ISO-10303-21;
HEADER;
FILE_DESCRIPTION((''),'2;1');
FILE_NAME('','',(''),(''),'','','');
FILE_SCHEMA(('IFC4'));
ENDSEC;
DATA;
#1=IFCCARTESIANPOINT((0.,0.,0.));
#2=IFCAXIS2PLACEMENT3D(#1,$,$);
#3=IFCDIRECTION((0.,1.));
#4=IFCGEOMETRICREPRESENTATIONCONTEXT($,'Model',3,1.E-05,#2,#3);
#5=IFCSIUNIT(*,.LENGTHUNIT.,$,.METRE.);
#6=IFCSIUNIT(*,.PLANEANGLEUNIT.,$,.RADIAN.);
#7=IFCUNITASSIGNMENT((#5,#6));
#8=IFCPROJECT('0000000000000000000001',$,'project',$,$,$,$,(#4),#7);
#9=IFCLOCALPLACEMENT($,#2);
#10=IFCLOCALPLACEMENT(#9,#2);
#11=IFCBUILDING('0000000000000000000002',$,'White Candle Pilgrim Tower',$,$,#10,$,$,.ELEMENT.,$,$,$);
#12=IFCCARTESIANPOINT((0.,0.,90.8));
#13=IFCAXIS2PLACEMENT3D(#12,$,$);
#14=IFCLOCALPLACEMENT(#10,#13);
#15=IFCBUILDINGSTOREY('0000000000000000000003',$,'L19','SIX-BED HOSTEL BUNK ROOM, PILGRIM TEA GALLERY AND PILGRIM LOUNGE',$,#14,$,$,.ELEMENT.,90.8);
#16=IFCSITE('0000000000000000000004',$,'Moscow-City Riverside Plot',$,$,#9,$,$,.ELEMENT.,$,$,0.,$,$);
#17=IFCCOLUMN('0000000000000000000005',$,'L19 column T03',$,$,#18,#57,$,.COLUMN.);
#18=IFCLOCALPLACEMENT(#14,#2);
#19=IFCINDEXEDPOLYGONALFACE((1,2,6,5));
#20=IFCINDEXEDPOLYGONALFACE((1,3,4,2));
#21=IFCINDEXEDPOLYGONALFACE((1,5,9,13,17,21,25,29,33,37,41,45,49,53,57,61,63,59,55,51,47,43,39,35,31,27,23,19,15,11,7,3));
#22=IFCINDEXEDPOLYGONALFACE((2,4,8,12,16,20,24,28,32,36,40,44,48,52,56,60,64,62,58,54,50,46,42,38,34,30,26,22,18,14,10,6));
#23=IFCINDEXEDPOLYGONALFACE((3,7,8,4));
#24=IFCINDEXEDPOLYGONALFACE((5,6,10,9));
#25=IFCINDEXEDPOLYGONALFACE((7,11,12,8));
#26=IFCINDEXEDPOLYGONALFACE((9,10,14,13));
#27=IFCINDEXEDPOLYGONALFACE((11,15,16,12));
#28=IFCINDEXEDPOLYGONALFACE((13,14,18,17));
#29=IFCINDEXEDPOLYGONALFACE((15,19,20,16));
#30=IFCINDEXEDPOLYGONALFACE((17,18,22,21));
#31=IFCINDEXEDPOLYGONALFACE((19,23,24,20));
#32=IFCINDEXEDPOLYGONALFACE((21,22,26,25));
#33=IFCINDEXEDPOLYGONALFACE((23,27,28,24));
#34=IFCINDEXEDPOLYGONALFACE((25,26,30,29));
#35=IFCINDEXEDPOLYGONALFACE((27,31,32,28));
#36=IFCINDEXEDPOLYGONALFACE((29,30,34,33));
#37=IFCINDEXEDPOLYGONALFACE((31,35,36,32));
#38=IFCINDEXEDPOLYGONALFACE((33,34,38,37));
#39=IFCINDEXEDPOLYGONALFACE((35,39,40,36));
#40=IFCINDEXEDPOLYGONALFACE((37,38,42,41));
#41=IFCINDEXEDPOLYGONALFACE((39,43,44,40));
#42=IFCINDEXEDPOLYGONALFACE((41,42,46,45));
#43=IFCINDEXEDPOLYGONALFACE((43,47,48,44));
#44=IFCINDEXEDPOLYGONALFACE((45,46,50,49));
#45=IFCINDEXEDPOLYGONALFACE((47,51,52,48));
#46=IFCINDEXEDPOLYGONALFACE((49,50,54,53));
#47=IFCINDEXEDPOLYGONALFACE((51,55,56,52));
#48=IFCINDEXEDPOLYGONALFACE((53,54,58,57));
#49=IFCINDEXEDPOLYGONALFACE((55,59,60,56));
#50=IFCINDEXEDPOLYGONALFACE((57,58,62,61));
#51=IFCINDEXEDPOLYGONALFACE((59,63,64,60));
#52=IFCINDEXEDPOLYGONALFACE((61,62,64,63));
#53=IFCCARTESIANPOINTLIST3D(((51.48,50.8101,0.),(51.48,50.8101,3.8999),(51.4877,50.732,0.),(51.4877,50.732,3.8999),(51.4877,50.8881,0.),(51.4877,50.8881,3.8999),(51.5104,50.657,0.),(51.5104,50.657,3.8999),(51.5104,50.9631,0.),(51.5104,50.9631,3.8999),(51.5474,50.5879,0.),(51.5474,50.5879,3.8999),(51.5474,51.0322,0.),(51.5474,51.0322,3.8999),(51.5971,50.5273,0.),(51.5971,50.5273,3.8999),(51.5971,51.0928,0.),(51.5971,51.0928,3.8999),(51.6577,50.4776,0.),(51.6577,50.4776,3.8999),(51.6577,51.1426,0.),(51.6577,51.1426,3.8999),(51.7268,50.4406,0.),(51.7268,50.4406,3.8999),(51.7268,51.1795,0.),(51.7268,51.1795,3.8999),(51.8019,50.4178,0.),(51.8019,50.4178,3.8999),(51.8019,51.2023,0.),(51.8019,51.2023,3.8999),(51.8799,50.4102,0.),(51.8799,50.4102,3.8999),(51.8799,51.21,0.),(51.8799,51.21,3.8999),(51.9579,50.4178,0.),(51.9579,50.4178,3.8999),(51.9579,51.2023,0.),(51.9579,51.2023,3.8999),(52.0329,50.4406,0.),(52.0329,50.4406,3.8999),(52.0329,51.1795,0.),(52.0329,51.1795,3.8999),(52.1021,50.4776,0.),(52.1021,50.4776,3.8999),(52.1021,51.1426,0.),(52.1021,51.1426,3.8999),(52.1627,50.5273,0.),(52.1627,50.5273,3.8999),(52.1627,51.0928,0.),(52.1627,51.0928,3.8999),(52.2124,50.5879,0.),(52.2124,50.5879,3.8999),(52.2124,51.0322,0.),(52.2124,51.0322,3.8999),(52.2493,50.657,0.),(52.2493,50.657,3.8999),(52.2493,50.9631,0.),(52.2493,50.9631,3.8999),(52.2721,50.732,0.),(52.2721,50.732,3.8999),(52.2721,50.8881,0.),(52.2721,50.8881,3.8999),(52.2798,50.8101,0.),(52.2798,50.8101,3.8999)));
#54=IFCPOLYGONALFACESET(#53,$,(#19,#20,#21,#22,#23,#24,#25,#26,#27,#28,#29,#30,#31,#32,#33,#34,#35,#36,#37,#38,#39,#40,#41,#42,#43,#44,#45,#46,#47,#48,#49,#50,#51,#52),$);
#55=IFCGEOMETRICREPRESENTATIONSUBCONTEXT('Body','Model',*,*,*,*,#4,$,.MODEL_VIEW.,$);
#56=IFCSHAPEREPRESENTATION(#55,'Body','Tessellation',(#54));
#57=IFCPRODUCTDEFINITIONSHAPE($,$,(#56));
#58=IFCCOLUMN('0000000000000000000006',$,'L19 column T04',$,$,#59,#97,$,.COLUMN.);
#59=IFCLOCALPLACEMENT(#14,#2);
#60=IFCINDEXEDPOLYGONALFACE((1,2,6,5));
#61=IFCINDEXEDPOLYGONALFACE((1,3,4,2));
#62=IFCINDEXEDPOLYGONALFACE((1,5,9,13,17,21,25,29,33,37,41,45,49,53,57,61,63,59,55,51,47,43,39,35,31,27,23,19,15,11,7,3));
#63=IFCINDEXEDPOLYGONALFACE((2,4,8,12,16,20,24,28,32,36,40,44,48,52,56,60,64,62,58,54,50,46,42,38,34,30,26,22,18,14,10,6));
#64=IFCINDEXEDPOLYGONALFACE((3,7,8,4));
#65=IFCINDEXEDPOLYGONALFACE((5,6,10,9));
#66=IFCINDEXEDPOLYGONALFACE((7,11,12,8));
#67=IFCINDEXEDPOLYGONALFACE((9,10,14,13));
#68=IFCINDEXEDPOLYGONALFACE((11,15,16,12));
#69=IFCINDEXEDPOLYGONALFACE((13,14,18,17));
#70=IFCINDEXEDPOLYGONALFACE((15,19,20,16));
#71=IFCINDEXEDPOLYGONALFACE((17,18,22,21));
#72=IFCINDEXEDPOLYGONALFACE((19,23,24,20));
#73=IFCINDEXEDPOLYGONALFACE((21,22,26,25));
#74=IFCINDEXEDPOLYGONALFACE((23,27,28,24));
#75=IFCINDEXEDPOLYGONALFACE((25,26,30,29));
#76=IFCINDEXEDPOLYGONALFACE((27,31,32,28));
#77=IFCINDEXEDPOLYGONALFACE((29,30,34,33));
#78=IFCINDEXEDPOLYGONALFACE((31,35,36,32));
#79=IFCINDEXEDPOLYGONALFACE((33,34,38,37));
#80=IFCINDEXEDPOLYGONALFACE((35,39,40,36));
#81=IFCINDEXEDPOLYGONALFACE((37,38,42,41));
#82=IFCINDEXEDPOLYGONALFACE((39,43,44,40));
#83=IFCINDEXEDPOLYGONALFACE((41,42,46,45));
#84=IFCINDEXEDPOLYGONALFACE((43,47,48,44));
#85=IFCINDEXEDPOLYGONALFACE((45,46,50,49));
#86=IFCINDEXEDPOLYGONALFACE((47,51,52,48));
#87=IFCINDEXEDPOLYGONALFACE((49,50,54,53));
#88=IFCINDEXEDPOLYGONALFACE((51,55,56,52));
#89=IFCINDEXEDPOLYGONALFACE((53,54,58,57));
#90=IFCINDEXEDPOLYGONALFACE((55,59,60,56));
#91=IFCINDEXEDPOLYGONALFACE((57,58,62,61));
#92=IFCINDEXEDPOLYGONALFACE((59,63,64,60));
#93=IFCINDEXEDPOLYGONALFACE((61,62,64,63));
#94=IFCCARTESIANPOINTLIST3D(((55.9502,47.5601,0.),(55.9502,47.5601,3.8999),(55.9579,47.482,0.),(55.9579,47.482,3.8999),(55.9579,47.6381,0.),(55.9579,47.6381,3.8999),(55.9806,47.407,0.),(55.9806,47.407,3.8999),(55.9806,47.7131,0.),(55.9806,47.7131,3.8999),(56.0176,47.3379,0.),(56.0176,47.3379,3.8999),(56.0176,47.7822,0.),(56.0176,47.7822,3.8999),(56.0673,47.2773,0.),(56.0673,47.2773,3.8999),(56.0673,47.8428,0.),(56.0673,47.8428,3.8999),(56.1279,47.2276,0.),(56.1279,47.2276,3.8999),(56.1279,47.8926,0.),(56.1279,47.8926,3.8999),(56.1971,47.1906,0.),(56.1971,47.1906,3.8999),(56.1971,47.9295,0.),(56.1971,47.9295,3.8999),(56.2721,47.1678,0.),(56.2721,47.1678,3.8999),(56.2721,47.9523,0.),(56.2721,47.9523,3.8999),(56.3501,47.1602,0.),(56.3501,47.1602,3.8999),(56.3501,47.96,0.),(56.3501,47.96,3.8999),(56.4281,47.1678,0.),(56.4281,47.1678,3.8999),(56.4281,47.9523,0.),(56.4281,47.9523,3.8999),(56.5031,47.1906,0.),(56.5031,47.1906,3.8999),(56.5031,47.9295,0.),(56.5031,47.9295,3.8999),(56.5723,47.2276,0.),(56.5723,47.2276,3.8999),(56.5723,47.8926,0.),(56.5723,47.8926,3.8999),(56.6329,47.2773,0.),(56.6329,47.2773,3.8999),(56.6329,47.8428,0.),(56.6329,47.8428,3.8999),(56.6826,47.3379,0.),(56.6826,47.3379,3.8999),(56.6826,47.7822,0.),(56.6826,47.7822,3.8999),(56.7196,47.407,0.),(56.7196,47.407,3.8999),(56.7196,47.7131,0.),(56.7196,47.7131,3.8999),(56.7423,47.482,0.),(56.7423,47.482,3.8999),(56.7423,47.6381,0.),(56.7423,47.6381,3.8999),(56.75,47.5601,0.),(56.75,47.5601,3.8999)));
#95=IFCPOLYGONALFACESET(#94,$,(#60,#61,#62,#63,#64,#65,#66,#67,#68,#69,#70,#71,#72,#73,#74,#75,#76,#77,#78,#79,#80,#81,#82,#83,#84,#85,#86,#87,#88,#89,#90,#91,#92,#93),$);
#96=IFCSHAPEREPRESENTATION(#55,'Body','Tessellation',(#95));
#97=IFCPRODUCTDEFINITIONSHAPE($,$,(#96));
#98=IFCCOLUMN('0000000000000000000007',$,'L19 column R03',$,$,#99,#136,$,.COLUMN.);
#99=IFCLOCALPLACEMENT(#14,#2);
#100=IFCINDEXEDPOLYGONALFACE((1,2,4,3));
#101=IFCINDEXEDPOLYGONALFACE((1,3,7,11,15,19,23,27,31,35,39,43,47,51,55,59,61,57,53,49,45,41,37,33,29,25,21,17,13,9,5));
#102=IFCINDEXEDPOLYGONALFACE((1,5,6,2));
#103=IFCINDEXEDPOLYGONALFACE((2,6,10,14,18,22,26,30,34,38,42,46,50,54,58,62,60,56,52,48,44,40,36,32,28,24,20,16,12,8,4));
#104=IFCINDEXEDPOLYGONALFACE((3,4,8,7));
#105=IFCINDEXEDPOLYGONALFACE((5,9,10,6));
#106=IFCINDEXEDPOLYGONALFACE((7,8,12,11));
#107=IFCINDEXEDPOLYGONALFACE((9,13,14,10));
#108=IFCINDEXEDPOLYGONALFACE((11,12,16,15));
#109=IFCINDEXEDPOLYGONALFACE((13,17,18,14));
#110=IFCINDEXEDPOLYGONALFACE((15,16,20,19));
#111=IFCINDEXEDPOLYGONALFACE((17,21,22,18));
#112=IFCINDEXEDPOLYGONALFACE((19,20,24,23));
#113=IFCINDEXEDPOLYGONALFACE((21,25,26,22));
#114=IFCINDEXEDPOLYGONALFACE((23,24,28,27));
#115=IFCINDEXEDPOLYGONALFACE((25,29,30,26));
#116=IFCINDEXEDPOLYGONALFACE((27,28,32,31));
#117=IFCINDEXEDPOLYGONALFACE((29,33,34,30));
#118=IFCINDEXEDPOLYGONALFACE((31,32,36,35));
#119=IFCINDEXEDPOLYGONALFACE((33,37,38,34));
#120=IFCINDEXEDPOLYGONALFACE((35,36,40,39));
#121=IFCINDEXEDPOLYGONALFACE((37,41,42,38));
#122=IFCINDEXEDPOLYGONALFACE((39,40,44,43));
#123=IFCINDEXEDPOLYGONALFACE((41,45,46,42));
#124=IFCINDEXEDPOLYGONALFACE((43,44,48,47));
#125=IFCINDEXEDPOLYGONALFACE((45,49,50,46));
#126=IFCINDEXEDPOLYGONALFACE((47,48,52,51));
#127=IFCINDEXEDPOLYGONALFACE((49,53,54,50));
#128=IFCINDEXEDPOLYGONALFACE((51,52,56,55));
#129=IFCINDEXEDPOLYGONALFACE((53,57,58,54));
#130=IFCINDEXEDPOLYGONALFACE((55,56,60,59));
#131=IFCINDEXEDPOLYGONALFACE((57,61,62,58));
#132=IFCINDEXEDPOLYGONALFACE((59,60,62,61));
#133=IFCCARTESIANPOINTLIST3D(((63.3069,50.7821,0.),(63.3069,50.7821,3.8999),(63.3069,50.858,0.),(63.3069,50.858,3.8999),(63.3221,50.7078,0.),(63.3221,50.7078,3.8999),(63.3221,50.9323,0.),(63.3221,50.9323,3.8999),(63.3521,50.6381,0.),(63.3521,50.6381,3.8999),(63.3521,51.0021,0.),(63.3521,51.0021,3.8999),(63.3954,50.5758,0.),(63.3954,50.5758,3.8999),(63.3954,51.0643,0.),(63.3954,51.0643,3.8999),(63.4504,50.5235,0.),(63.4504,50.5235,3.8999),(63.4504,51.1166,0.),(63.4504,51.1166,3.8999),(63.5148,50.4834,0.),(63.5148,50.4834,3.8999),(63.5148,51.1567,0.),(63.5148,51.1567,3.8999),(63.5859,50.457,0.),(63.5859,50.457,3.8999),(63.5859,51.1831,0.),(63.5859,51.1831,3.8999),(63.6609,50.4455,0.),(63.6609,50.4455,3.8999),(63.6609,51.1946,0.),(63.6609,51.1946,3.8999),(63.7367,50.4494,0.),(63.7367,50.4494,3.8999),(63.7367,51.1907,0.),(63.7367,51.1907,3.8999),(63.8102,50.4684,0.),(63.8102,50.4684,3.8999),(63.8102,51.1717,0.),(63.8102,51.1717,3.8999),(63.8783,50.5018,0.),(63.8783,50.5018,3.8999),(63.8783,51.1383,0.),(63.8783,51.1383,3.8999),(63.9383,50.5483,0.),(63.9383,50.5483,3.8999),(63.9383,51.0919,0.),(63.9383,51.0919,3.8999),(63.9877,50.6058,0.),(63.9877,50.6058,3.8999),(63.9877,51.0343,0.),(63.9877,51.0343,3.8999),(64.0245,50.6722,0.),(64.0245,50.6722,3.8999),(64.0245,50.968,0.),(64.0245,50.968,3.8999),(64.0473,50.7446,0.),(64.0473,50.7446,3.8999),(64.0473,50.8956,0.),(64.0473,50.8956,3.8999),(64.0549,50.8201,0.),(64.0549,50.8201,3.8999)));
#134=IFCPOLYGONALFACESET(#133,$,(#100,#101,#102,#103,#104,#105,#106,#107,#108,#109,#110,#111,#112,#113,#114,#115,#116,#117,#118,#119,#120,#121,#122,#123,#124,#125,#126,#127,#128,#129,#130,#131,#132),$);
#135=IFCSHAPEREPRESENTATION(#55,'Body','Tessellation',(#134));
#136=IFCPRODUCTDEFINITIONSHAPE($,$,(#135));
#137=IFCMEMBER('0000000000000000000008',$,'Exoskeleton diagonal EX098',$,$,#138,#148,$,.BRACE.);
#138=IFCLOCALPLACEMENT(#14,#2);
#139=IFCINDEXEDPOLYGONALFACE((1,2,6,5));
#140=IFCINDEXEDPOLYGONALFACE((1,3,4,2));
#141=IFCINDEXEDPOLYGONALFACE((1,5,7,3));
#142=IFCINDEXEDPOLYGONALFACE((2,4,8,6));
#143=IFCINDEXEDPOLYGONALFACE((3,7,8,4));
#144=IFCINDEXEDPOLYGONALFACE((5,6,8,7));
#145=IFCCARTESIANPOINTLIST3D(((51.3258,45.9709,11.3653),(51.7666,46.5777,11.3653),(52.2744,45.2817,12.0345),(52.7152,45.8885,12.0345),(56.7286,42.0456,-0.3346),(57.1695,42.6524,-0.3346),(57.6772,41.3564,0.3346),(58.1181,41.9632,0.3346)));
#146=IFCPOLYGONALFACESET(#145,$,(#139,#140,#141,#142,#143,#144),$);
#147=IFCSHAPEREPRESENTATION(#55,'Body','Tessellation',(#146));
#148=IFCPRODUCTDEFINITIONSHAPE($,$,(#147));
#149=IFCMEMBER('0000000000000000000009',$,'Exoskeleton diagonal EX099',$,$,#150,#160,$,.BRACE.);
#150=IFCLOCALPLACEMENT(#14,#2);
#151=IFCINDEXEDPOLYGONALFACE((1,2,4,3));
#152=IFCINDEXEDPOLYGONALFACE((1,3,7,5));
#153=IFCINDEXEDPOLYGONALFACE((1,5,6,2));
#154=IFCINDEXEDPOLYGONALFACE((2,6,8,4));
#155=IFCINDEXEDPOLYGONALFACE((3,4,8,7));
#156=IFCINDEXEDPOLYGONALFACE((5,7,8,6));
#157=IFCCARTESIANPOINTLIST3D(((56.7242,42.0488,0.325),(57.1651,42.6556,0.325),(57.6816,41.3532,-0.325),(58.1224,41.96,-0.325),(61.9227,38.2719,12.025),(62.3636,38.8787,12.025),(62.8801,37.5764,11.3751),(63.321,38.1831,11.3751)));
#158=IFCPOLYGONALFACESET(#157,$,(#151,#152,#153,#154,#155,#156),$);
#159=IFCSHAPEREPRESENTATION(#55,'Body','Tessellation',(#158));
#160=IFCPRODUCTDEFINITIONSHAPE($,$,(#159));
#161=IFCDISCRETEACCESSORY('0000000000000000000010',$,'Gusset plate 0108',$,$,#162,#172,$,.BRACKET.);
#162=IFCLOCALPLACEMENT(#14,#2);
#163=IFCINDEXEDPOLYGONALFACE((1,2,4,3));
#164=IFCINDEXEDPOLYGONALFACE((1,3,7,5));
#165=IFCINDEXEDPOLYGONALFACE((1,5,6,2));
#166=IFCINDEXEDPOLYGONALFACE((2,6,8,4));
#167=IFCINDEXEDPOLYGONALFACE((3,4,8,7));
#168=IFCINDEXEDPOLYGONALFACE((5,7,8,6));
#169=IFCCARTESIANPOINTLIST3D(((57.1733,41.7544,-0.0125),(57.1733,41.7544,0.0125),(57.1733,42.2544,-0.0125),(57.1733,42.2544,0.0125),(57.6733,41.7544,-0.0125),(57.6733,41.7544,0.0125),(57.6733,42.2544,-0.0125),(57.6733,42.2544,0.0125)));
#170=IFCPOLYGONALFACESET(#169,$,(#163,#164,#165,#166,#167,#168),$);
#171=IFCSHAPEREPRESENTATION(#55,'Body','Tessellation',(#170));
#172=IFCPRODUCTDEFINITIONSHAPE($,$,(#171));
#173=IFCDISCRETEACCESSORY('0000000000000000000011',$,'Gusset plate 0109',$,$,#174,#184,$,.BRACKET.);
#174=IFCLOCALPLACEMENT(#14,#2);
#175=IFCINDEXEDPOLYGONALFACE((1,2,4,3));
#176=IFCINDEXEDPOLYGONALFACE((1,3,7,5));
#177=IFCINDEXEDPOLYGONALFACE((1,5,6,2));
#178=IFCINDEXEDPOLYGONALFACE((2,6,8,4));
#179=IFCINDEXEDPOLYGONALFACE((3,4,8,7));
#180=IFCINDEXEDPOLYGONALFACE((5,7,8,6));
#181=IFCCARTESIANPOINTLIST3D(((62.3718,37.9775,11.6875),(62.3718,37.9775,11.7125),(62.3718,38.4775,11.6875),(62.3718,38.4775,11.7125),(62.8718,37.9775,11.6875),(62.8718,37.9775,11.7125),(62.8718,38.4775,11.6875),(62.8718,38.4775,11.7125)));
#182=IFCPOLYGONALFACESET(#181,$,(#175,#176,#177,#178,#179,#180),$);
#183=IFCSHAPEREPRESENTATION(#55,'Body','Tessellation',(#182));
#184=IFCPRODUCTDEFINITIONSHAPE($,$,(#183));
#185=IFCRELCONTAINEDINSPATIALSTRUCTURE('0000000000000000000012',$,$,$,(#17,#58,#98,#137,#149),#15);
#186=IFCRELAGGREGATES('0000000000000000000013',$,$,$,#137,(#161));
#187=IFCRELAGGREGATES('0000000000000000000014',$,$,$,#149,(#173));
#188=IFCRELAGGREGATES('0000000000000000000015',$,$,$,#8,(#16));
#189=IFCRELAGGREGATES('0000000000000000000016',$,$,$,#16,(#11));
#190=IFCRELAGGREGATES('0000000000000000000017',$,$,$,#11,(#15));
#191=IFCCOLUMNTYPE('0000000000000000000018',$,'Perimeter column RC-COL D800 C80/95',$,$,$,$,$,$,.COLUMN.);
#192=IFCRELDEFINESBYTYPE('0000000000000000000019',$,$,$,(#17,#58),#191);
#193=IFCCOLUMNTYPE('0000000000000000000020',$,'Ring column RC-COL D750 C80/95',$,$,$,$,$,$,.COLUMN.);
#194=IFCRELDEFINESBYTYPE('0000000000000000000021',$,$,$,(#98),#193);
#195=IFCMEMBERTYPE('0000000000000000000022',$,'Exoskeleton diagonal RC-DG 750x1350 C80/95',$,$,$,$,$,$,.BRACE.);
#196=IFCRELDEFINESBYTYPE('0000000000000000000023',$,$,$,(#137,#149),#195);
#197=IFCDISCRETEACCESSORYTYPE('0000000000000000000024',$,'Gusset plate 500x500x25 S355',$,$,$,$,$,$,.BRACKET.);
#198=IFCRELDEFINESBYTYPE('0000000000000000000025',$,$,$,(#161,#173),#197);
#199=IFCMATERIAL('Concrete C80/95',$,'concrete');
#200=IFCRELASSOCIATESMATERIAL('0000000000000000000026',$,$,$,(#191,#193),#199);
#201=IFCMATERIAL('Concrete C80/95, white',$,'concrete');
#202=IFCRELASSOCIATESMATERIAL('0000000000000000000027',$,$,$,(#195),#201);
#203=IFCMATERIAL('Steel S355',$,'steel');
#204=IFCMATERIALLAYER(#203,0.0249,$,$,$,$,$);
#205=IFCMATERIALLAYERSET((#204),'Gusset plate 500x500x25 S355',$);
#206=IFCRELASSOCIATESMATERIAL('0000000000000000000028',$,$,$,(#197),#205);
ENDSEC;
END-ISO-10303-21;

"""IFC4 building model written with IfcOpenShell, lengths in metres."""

from ifc_helpers import new_model, si_unit, direction, frame, origin, origin_2d, place, context, subcontext, project, spatial, rectangle, circle, extrude, material, layer, layer_set, material_profile, profile_set, type_object, element, aggregate, save


model = new_model("IFC4")

# Units and contexts
model_context = context("Model", 3, precision=1e-05, world=origin(), true_north=direction((0.0, 1.0)))
body_context = subcontext(model_context, "Body", "Model", "MODEL_VIEW")
ifc_project = project(units=[si_unit("LENGTHUNIT", "METRE"), si_unit("PLANEANGLEUNIT", "RADIAN")], contexts=[model_context])

# Site, building, storey
site_placement = place(None, origin())
site = spatial("IfcSite", under=ifc_project, at=site_placement, Name="Moscow-City Riverside Plot", CompositionType="ELEMENT", RefElevation=0.0)
building_placement = place(site_placement, origin())
building = spatial("IfcBuilding", under=site, at=building_placement, Name="White Candle Pilgrim Tower", CompositionType="ELEMENT")
storey_placement = place(building_placement, frame((0.0, 0.0, 90.8)))
storey = spatial("IfcBuildingStorey", under=building, at=storey_placement, Name="L19", Description="SIX-BED HOSTEL BUNK ROOM, PILGRIM TEA GALLERY AND PILGRIM LOUNGE", CompositionType="ELEMENT", Elevation=90.8)

# Columns
ifc_material_1 = material(Name="Concrete C80/95", Category="concrete")
ifc_material_profile_1 = material_profile(ifc_material_1, circle(Radius=0.3999, at=origin_2d()), Name="RC-COL D800")
ifc_profile_set_1 = profile_set([ifc_material_profile_1], Name="Concrete C80/95")
column_type_1 = type_object("IfcColumnType", Name="Perimeter column RC-COL D800 C80/95", PredefinedType="COLUMN", material=ifc_profile_set_1)
for number, where, z_axis, x_axis, name in (
    (1, (51.8799, 50.8101, 0.0), (0.0, 0.0, 1.0), (1.0, 0.0, 0.0), "L19 column T03"),
    (2, (56.3501, 47.5601, 0.0), (0.0, 0.0, 1.0), (1.0, 0.0, 0.0), "L19 column T04"),
):
    element("IfcColumn", number, at=place(storey_placement, frame(where, z_axis=z_axis, x_axis=x_axis)), inside=storey, type_object=column_type_1, Name=name, PredefinedType="COLUMN", context=body_context, shape_type="SweptSolid", body=[
        extrude(circle(Radius=0.3999, at=origin_2d()), origin(), (0.0, 0.0, 1.0), 3.8999),
    ])
ifc_material_profile_2 = material_profile(ifc_material_1, circle(Radius=0.375, at=origin_2d()), Name="RC-COL D750")
ifc_profile_set_2 = profile_set([ifc_material_profile_2], Name="Concrete C80/95")
column_type_2 = type_object("IfcColumnType", Name="Ring column RC-COL D750 C80/95", PredefinedType="COLUMN", material=ifc_profile_set_2)
column_placement = place(storey_placement, frame((63.6799, 50.8201, 0.0), z_axis=(0.0, 0.0, 1.0), x_axis=(1.0, 0.0, 0.0)))
element("IfcColumn", 3, at=column_placement, inside=storey, type_object=column_type_2, Name="L19 column R03", PredefinedType="COLUMN", context=body_context, shape_type="SweptSolid", body=[
    extrude(circle(Radius=0.375, at=origin_2d()), origin(), (0.0, 0.0, 1.0), 3.8999),
])

# Members
ifc_material_2 = material(Name="Concrete C80/95, white", Category="concrete")
ifc_material_profile_3 = material_profile(ifc_material_2, rectangle(XDim=0.75, YDim=1.3501, at=origin_2d()), Name="RC-DG 750x1350")
ifc_profile_set_3 = profile_set([ifc_material_profile_3], Name="Concrete C80/95, white")
member_type_1 = type_object("IfcMemberType", Name="Exoskeleton diagonal RC-DG 750x1350 C80/95", PredefinedType="BRACE", material=ifc_profile_set_3)
member_1_placement = place(storey_placement, frame((57.4233, 42.0044, 0.0), z_axis=(-0.40105, 0.291373, 0.868482), x_axis=(-0.587776, -0.809024, 0.0)))
member_1 = element("IfcMember", 4, at=member_1_placement, inside=storey, type_object=member_type_1, Name="Exoskeleton diagonal EX098", PredefinedType="BRACE", context=body_context, shape_type="SweptSolid", body=[
    extrude(rectangle(XDim=0.75, YDim=1.3501, at=origin_2d()), origin(), (0.0, 0.0, 1.0), 13.4717),
])
member_2_placement = place(storey_placement, frame((57.4233, 42.0044, 0.0), z_axis=(0.389449, -0.282946, 0.876511), x_axis=(0.587779, 0.809022, 0.0)))
member_2 = element("IfcMember", 5, at=member_2_placement, inside=storey, type_object=member_type_1, Name="Exoskeleton diagonal EX099", PredefinedType="BRACE", context=body_context, shape_type="SweptSolid", body=[
    extrude(rectangle(XDim=0.75, YDim=1.3501, at=origin_2d()), origin(), (0.0, 0.0, 1.0), 13.3484),
])

# Discrete accessories
ifc_material_3 = material(Name="Steel S355", Category="steel")
ifc_layer_1 = layer(ifc_material_3, 0.0249)
ifc_layer_set_1 = layer_set([ifc_layer_1], Name="Gusset plate 500x500x25 S355")
discrete_accessory_type = type_object("IfcDiscreteAccessoryType", Name="Gusset plate 500x500x25 S355", PredefinedType="BRACKET", material=ifc_layer_set_1)
discrete_accessory_1_placement = place(storey_placement, frame((57.4233, 42.0044, -0.0125), z_axis=(0.0, 0.0, 1.0), x_axis=(1.0, 0.0, 0.0)))
discrete_accessory_1 = element("IfcDiscreteAccessory", 6, at=discrete_accessory_1_placement, type_object=discrete_accessory_type, Name="Gusset plate 0108", PredefinedType="BRACKET", context=body_context, shape_type="SweptSolid", body=[
    extrude(rectangle(XDim=0.5, YDim=0.5, at=origin_2d()), origin(), (0.0, 0.0, 1.0), 0.0249),
])
aggregate(member_1, [discrete_accessory_1])
placement = place(building_placement, frame((0.0, 0.0, 102.5)))
discrete_accessory_2_placement = place(placement, frame((62.6218, 38.2275, -0.0125), z_axis=(0.0, 0.0, 1.0), x_axis=(1.0, 0.0, 0.0)))
discrete_accessory_2 = element("IfcDiscreteAccessory", 7, at=discrete_accessory_2_placement, type_object=discrete_accessory_type, Name="Gusset plate 0109", PredefinedType="BRACKET", context=body_context, shape_type="SweptSolid", body=[
    extrude(rectangle(XDim=0.5, YDim=0.5, at=origin_2d()), origin(), (0.0, 0.0, 1.0), 0.0249),
])
aggregate(member_2, [discrete_accessory_2])

save(model, "model.ifc")
